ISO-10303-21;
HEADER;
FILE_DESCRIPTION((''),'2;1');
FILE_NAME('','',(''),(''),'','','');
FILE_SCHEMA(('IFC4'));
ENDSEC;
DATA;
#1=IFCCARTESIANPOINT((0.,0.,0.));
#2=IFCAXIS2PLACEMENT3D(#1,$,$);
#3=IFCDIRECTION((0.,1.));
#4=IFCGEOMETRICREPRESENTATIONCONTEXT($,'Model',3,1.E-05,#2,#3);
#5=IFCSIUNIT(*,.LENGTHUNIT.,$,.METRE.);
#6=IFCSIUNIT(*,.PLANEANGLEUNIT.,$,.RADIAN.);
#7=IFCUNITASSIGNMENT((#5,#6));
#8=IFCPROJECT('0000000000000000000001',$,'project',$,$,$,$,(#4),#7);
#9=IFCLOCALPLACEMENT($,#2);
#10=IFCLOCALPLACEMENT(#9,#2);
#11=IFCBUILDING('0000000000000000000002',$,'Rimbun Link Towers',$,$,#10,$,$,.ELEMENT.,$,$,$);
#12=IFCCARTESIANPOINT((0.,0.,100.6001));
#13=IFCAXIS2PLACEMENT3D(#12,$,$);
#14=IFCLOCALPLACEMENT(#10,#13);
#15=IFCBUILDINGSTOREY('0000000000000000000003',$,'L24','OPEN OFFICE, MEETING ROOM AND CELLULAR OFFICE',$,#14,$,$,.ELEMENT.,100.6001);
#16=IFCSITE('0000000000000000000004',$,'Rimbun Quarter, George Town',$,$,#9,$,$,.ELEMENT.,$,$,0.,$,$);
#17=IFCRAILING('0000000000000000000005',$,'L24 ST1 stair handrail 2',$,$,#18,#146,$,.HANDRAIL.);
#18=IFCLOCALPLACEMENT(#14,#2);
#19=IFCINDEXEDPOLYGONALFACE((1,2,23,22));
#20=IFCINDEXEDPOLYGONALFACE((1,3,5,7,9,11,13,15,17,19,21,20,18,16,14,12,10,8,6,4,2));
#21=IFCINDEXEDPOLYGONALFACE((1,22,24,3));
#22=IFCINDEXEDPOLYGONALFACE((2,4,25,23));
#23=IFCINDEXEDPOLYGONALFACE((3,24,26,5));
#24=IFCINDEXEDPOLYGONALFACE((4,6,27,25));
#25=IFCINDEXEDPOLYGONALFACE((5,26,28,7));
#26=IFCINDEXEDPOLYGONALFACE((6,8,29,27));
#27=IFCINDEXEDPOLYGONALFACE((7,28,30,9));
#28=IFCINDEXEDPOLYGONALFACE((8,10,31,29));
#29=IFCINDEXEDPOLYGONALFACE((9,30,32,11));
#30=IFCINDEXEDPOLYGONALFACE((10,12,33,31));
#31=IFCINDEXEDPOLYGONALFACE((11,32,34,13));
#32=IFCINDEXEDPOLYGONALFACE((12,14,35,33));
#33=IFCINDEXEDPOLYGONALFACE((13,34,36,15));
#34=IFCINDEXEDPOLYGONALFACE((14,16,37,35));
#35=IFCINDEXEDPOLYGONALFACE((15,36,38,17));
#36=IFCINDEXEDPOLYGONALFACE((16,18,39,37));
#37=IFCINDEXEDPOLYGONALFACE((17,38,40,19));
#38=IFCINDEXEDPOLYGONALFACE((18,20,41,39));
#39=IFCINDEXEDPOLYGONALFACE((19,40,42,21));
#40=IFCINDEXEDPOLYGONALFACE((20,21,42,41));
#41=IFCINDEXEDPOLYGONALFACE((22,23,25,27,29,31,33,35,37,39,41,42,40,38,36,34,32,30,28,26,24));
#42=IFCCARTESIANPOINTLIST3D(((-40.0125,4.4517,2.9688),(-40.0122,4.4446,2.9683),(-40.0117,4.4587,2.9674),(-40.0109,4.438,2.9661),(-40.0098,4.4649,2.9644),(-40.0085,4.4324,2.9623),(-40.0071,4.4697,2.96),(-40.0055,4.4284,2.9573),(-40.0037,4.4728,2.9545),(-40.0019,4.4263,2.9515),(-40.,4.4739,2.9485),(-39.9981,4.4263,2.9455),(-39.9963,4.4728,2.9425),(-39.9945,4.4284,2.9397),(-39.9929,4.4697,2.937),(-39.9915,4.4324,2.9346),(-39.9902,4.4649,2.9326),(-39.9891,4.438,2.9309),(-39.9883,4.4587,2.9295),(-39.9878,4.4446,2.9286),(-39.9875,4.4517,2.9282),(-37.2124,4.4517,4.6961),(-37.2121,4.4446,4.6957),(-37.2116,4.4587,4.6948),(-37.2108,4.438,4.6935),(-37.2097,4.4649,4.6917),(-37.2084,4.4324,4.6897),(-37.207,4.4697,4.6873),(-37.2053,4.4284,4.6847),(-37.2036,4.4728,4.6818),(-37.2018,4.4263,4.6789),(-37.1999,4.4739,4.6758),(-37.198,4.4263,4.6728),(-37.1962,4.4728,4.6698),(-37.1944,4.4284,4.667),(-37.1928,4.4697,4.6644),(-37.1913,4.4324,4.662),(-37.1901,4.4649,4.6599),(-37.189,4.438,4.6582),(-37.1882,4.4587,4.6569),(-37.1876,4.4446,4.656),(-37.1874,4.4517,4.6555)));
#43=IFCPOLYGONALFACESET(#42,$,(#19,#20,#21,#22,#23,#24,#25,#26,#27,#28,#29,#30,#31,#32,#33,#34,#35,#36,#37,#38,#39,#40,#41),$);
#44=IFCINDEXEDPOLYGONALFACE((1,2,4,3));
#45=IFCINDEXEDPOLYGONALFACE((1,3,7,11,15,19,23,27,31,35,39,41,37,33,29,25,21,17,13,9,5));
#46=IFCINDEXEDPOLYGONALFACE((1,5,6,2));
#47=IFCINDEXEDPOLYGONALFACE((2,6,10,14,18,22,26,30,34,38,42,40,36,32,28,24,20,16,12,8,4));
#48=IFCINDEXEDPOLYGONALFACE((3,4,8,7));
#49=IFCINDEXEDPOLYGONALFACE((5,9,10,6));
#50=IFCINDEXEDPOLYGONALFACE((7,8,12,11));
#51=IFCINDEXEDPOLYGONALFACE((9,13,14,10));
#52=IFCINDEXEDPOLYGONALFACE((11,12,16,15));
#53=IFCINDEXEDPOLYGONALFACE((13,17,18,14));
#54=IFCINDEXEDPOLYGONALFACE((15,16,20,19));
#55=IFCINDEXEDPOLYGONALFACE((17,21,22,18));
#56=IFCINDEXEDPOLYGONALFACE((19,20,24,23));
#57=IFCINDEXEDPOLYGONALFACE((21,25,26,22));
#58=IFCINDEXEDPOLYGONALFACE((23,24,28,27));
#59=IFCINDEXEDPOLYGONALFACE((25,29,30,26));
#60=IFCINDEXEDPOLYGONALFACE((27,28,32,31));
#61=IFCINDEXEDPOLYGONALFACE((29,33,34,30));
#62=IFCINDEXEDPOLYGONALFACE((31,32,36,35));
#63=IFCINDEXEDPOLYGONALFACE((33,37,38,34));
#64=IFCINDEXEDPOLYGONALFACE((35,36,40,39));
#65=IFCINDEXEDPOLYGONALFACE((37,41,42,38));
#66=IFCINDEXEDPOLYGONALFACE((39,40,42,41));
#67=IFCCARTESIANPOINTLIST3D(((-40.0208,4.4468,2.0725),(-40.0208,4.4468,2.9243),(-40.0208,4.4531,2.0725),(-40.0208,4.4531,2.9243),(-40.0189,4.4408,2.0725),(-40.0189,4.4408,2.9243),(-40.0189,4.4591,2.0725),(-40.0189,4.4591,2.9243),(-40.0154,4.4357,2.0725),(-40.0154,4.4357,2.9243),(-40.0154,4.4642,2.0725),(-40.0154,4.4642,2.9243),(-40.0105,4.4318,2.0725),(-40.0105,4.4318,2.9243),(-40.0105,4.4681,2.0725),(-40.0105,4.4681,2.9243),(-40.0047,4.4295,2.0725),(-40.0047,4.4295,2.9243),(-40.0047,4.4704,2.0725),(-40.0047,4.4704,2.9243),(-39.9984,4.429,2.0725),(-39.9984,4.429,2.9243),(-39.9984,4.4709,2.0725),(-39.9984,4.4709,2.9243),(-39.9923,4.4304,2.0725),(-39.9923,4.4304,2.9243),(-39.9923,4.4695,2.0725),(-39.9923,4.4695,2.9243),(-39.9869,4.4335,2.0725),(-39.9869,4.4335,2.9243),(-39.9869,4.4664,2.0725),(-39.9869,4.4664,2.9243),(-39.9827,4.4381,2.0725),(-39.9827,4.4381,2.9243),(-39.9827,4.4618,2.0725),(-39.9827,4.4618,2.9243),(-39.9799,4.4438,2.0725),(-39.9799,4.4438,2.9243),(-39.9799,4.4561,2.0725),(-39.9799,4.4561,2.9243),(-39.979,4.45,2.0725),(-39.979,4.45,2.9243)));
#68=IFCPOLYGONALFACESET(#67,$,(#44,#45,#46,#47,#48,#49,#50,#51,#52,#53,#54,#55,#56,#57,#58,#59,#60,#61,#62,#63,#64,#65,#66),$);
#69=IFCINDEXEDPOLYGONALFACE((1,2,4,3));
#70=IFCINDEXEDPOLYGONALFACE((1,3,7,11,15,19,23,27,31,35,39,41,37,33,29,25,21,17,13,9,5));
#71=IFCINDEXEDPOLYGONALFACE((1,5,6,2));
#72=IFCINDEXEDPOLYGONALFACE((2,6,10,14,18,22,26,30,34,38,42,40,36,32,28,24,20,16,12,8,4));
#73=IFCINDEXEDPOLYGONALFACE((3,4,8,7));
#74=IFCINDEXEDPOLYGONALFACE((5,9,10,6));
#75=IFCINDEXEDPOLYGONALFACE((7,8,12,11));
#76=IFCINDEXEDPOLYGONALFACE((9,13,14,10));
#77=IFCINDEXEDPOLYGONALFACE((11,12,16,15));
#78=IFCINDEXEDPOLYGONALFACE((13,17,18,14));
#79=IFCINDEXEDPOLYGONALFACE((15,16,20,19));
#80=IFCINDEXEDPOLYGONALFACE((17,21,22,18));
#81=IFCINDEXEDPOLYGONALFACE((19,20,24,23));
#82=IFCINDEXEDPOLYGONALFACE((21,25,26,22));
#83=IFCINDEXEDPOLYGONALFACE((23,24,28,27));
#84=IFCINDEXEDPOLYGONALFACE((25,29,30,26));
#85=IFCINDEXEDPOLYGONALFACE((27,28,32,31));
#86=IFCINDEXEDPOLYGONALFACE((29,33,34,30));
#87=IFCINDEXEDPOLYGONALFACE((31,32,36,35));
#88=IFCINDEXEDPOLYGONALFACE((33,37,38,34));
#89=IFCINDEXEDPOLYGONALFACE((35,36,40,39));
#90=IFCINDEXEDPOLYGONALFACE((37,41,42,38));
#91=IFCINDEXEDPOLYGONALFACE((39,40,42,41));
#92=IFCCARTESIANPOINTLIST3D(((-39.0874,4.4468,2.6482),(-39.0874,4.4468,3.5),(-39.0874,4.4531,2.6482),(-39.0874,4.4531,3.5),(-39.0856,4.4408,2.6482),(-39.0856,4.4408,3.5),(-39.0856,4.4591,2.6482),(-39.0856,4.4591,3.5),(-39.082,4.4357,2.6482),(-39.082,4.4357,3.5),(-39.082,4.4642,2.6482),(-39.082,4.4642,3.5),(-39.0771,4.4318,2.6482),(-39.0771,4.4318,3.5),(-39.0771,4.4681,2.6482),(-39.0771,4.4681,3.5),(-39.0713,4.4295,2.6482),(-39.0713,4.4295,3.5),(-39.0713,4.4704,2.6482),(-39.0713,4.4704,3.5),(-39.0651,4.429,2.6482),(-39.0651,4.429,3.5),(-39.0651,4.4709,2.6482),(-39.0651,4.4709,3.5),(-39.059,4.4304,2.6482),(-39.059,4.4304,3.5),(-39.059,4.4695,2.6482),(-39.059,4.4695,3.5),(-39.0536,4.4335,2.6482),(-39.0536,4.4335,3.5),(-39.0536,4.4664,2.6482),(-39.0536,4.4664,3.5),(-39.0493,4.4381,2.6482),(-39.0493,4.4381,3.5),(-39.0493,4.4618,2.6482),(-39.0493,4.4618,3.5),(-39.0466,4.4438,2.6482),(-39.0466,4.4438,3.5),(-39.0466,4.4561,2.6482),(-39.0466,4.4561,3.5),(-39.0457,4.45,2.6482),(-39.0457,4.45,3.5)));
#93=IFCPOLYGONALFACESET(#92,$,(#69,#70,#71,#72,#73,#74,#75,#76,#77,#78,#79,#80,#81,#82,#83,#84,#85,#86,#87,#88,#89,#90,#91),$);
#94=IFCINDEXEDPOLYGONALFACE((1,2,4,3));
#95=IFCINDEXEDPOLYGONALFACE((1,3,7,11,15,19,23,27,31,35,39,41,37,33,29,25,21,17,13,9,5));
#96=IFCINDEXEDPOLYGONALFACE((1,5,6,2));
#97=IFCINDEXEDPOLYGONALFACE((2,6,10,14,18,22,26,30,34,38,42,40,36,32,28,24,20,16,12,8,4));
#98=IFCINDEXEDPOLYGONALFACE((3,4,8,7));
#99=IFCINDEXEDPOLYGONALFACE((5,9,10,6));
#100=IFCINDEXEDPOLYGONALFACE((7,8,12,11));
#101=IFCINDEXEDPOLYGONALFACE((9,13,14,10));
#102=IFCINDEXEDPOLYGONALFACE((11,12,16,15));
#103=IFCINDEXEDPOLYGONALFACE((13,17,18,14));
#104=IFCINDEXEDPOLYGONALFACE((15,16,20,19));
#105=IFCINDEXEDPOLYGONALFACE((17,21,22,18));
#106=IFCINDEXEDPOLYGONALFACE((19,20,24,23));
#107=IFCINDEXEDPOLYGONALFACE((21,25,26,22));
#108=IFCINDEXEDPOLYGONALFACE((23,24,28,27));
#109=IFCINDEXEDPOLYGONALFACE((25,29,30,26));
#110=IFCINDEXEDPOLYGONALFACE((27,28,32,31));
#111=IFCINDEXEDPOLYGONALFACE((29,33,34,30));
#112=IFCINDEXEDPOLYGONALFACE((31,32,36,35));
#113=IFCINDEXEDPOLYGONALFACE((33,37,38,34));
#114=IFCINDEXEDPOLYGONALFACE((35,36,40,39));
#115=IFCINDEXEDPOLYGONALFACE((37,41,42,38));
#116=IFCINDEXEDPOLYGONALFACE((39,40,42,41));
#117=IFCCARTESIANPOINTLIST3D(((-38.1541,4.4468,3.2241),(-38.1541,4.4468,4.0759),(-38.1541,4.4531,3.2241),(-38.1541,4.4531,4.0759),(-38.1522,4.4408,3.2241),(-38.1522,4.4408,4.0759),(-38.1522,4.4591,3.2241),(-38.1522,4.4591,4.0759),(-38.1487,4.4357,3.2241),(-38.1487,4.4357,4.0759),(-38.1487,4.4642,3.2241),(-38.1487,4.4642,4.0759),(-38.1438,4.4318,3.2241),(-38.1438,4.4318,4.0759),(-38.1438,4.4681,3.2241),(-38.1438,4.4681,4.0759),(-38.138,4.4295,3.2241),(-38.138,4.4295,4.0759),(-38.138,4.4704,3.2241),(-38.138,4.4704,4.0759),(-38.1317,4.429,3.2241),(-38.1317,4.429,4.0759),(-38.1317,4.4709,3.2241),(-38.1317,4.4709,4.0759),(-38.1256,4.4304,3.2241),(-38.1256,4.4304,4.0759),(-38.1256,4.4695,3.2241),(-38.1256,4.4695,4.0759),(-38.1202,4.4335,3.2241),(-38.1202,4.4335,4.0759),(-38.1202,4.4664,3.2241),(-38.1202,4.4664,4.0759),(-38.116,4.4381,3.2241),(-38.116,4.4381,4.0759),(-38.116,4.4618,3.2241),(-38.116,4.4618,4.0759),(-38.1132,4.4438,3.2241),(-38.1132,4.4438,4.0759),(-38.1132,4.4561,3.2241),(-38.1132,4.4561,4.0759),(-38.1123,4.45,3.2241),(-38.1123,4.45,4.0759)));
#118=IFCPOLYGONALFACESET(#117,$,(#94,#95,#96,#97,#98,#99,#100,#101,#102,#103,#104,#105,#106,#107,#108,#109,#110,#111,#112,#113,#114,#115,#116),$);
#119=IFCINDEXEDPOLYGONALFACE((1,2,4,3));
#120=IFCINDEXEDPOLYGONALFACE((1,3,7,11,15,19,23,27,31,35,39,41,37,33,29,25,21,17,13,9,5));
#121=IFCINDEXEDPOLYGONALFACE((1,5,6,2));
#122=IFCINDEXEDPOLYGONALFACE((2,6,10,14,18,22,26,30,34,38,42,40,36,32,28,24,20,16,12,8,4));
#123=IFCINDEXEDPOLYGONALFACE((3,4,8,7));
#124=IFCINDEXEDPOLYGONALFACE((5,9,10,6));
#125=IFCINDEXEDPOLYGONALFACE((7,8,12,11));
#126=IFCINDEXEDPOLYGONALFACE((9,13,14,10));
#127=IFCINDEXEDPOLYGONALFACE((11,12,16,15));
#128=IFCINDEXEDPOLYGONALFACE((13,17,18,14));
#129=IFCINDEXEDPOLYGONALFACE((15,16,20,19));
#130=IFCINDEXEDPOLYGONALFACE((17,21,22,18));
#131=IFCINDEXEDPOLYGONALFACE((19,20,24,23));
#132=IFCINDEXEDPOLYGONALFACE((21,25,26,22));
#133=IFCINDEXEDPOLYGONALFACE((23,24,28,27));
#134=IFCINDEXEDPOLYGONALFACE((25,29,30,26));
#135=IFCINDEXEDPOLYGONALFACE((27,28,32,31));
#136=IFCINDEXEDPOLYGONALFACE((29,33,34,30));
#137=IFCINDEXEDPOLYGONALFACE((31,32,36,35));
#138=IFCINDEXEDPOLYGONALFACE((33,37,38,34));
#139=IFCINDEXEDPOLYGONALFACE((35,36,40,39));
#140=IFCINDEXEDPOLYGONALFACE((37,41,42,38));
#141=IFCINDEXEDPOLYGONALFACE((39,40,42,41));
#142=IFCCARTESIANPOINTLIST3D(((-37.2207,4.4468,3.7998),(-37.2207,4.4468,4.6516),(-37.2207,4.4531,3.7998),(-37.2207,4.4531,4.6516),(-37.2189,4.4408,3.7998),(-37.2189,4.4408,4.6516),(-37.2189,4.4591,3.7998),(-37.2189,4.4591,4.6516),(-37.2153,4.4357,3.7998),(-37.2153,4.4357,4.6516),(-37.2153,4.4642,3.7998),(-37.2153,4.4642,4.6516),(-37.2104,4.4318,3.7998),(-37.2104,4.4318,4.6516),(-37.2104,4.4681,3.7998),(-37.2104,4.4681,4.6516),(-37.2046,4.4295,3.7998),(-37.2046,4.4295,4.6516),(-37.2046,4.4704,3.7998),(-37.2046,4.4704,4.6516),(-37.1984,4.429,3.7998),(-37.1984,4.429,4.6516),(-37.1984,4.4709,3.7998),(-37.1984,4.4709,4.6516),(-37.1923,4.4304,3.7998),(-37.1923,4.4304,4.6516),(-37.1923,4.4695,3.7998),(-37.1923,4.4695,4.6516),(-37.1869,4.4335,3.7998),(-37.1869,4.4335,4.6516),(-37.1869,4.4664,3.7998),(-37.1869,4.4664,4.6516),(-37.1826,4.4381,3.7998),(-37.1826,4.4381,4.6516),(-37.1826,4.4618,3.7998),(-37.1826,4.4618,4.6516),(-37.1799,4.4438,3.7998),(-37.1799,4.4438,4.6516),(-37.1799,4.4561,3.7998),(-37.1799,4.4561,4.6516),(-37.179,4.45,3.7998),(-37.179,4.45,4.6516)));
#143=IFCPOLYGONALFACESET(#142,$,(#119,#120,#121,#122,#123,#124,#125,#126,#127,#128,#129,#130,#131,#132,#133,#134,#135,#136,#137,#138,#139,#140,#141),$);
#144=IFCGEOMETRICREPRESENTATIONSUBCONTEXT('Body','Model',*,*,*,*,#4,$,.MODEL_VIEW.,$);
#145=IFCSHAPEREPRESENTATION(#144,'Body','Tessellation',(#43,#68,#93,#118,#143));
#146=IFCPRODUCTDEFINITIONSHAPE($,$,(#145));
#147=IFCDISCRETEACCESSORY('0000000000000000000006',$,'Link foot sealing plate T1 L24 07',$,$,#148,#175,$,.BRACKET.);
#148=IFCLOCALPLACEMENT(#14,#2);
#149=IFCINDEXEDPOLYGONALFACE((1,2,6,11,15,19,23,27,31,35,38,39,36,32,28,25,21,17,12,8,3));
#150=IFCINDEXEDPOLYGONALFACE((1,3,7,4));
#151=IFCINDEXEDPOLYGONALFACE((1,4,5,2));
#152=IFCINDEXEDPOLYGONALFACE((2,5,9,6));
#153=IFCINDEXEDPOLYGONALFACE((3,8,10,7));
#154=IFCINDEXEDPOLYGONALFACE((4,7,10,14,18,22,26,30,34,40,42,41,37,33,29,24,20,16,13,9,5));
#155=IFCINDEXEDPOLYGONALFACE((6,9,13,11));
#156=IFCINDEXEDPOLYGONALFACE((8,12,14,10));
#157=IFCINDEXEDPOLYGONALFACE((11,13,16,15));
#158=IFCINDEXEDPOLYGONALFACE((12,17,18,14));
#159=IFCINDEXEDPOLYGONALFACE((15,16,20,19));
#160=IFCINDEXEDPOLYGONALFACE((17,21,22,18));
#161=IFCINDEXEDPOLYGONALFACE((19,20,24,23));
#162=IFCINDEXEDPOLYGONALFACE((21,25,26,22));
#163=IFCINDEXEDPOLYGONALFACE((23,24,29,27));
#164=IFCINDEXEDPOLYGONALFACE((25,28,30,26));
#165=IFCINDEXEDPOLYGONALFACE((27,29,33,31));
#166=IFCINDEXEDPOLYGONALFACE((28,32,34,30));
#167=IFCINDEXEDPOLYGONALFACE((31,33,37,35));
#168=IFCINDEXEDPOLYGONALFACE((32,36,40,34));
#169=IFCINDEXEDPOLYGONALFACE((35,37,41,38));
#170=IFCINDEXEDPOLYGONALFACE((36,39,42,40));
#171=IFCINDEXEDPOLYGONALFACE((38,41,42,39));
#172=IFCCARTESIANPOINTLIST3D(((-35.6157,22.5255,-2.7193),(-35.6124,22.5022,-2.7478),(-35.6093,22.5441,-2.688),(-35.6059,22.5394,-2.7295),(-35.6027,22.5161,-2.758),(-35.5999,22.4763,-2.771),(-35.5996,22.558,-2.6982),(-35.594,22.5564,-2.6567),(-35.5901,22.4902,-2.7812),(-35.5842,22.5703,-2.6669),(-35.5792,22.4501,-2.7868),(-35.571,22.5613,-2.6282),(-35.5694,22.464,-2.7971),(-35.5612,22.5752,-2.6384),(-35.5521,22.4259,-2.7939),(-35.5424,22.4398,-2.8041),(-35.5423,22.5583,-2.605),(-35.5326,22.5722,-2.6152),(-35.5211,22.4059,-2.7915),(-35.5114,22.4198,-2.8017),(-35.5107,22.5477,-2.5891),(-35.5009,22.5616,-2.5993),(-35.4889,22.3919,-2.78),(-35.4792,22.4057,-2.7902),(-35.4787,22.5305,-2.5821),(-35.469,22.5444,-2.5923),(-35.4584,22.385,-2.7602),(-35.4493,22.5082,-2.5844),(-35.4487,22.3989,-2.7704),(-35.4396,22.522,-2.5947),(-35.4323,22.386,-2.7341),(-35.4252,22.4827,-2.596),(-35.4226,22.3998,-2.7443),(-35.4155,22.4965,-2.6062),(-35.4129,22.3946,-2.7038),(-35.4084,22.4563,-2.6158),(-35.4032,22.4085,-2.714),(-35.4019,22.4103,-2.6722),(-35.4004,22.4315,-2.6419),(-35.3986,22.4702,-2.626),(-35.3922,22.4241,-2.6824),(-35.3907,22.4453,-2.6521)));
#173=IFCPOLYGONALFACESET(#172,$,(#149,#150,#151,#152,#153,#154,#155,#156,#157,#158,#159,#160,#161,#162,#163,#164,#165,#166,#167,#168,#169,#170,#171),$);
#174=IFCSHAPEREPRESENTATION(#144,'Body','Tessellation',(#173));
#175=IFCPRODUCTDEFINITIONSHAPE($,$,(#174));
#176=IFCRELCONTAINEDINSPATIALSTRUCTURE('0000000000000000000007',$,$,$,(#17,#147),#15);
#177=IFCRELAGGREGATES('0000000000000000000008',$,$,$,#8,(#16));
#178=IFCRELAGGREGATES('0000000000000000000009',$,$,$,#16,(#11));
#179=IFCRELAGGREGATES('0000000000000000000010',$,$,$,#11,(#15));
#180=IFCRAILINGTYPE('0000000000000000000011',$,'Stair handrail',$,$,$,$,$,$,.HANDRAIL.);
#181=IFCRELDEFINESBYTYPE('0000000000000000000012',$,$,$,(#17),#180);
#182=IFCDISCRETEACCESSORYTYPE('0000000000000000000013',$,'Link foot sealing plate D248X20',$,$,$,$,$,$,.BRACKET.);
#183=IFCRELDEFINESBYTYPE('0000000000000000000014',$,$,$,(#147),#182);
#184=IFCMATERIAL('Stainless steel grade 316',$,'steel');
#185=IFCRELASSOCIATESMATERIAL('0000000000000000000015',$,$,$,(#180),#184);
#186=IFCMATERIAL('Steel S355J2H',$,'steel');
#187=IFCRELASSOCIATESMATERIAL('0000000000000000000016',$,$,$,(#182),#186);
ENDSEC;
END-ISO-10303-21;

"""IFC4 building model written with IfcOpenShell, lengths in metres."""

from ifc_helpers import new_model, si_unit, direction, frame, origin, origin_2d, place, context, subcontext, project, spatial, circle, extrude, material, material_profile, profile_set, type_object, element, save


model = new_model("IFC4")

# Units and contexts
model_context = context("Model", 3, precision=1e-05, world=origin(), true_north=direction((0.0, 1.0)))
body_context = subcontext(model_context, "Body", "Model", "MODEL_VIEW")
ifc_project = project(units=[si_unit("LENGTHUNIT", "METRE"), si_unit("PLANEANGLEUNIT", "RADIAN")], contexts=[model_context])

# Site, building, storey
site_placement = place(None, origin())
site = spatial("IfcSite", under=ifc_project, at=site_placement, Name="Rimbun Quarter, George Town", CompositionType="ELEMENT", RefElevation=0.0)
building_placement = place(site_placement, origin())
building = spatial("IfcBuilding", under=site, at=building_placement, Name="Rimbun Link Towers", CompositionType="ELEMENT")
storey_placement = place(building_placement, frame((0.0, 0.0, 100.6001)))
storey = spatial("IfcBuildingStorey", under=building, at=storey_placement, Name="L24", Description="OPEN OFFICE, MEETING ROOM AND CELLULAR OFFICE", CompositionType="ELEMENT", Elevation=100.6001)

# Railing
ifc_material_1 = material(Name="Stainless steel grade 316", Category="steel")
railing_type_1 = type_object("IfcRailingType", Name="Stair handrail", PredefinedType="HANDRAIL", material=ifc_material_1)
railing_1_placement = place(storey_placement, frame((-40.0, 4.45, 2.0725)))
element("IfcRailing", 1, at=railing_1_placement, inside=storey, type_object=railing_type_1, Name="L24 ST1 stair handrail 2", PredefinedType="HANDRAIL", context=body_context, shape_type="SweptSolid", body=[
    extrude(circle(Radius=0.0239, at=origin_2d()), frame((0.0, 0.0, 0.876), z_axis=(0.85109, 0.0, 0.52502), x_axis=(0.0, 1.0, 0.0)), (0.0, 0.0, 1.0), 3.29),
    extrude(circle(Radius=0.021, at=origin_2d()), origin(), (0.0, 0.0, 1.0), 0.8518),
    extrude(circle(Radius=0.021, at=origin_2d()), frame((0.9333, 0.0, 0.5757)), (0.0, 0.0, 1.0), 0.8518),
    extrude(circle(Radius=0.021, at=origin_2d()), frame((1.8667, 0.0, 1.1516)), (0.0, 0.0, 1.0), 0.8518),
    extrude(circle(Radius=0.021, at=origin_2d()), frame((2.8, 0.0, 1.7273)), (0.0, 0.0, 1.0), 0.8518),
])

# Discrete accessory
ifc_material_2 = material(Name="Steel S355J2H", Category="steel")
ifc_material_profile_1 = material_profile(ifc_material_2, circle(Radius=0.124, at=origin_2d()), Name="PL D248")
ifc_profile_set_1 = profile_set([ifc_material_profile_1], Name="Steel S355J2H")
discrete_accessory_type = type_object("IfcDiscreteAccessoryType", Name="Link foot sealing plate D248X20", PredefinedType="BRACKET", material=ifc_profile_set_1)
discrete_accessory_placement = place(storey_placement, frame((-35.5078, 22.4729, -2.688), z_axis=(0.491882, 0.700932, -0.516476), x_axis=(-0.818557, 0.574426, 0.0)))
element("IfcDiscreteAccessory", 2, at=discrete_accessory_placement, inside=storey, type_object=discrete_accessory_type, Name="Link foot sealing plate T1 L24 07", PredefinedType="BRACKET", context=body_context, shape_type="SweptSolid", body=[
    extrude(circle(Radius=0.124, at=origin_2d()), origin(), (0.0, 0.0, 1.0), 0.0198),
])

save(model, "model.ifc")
